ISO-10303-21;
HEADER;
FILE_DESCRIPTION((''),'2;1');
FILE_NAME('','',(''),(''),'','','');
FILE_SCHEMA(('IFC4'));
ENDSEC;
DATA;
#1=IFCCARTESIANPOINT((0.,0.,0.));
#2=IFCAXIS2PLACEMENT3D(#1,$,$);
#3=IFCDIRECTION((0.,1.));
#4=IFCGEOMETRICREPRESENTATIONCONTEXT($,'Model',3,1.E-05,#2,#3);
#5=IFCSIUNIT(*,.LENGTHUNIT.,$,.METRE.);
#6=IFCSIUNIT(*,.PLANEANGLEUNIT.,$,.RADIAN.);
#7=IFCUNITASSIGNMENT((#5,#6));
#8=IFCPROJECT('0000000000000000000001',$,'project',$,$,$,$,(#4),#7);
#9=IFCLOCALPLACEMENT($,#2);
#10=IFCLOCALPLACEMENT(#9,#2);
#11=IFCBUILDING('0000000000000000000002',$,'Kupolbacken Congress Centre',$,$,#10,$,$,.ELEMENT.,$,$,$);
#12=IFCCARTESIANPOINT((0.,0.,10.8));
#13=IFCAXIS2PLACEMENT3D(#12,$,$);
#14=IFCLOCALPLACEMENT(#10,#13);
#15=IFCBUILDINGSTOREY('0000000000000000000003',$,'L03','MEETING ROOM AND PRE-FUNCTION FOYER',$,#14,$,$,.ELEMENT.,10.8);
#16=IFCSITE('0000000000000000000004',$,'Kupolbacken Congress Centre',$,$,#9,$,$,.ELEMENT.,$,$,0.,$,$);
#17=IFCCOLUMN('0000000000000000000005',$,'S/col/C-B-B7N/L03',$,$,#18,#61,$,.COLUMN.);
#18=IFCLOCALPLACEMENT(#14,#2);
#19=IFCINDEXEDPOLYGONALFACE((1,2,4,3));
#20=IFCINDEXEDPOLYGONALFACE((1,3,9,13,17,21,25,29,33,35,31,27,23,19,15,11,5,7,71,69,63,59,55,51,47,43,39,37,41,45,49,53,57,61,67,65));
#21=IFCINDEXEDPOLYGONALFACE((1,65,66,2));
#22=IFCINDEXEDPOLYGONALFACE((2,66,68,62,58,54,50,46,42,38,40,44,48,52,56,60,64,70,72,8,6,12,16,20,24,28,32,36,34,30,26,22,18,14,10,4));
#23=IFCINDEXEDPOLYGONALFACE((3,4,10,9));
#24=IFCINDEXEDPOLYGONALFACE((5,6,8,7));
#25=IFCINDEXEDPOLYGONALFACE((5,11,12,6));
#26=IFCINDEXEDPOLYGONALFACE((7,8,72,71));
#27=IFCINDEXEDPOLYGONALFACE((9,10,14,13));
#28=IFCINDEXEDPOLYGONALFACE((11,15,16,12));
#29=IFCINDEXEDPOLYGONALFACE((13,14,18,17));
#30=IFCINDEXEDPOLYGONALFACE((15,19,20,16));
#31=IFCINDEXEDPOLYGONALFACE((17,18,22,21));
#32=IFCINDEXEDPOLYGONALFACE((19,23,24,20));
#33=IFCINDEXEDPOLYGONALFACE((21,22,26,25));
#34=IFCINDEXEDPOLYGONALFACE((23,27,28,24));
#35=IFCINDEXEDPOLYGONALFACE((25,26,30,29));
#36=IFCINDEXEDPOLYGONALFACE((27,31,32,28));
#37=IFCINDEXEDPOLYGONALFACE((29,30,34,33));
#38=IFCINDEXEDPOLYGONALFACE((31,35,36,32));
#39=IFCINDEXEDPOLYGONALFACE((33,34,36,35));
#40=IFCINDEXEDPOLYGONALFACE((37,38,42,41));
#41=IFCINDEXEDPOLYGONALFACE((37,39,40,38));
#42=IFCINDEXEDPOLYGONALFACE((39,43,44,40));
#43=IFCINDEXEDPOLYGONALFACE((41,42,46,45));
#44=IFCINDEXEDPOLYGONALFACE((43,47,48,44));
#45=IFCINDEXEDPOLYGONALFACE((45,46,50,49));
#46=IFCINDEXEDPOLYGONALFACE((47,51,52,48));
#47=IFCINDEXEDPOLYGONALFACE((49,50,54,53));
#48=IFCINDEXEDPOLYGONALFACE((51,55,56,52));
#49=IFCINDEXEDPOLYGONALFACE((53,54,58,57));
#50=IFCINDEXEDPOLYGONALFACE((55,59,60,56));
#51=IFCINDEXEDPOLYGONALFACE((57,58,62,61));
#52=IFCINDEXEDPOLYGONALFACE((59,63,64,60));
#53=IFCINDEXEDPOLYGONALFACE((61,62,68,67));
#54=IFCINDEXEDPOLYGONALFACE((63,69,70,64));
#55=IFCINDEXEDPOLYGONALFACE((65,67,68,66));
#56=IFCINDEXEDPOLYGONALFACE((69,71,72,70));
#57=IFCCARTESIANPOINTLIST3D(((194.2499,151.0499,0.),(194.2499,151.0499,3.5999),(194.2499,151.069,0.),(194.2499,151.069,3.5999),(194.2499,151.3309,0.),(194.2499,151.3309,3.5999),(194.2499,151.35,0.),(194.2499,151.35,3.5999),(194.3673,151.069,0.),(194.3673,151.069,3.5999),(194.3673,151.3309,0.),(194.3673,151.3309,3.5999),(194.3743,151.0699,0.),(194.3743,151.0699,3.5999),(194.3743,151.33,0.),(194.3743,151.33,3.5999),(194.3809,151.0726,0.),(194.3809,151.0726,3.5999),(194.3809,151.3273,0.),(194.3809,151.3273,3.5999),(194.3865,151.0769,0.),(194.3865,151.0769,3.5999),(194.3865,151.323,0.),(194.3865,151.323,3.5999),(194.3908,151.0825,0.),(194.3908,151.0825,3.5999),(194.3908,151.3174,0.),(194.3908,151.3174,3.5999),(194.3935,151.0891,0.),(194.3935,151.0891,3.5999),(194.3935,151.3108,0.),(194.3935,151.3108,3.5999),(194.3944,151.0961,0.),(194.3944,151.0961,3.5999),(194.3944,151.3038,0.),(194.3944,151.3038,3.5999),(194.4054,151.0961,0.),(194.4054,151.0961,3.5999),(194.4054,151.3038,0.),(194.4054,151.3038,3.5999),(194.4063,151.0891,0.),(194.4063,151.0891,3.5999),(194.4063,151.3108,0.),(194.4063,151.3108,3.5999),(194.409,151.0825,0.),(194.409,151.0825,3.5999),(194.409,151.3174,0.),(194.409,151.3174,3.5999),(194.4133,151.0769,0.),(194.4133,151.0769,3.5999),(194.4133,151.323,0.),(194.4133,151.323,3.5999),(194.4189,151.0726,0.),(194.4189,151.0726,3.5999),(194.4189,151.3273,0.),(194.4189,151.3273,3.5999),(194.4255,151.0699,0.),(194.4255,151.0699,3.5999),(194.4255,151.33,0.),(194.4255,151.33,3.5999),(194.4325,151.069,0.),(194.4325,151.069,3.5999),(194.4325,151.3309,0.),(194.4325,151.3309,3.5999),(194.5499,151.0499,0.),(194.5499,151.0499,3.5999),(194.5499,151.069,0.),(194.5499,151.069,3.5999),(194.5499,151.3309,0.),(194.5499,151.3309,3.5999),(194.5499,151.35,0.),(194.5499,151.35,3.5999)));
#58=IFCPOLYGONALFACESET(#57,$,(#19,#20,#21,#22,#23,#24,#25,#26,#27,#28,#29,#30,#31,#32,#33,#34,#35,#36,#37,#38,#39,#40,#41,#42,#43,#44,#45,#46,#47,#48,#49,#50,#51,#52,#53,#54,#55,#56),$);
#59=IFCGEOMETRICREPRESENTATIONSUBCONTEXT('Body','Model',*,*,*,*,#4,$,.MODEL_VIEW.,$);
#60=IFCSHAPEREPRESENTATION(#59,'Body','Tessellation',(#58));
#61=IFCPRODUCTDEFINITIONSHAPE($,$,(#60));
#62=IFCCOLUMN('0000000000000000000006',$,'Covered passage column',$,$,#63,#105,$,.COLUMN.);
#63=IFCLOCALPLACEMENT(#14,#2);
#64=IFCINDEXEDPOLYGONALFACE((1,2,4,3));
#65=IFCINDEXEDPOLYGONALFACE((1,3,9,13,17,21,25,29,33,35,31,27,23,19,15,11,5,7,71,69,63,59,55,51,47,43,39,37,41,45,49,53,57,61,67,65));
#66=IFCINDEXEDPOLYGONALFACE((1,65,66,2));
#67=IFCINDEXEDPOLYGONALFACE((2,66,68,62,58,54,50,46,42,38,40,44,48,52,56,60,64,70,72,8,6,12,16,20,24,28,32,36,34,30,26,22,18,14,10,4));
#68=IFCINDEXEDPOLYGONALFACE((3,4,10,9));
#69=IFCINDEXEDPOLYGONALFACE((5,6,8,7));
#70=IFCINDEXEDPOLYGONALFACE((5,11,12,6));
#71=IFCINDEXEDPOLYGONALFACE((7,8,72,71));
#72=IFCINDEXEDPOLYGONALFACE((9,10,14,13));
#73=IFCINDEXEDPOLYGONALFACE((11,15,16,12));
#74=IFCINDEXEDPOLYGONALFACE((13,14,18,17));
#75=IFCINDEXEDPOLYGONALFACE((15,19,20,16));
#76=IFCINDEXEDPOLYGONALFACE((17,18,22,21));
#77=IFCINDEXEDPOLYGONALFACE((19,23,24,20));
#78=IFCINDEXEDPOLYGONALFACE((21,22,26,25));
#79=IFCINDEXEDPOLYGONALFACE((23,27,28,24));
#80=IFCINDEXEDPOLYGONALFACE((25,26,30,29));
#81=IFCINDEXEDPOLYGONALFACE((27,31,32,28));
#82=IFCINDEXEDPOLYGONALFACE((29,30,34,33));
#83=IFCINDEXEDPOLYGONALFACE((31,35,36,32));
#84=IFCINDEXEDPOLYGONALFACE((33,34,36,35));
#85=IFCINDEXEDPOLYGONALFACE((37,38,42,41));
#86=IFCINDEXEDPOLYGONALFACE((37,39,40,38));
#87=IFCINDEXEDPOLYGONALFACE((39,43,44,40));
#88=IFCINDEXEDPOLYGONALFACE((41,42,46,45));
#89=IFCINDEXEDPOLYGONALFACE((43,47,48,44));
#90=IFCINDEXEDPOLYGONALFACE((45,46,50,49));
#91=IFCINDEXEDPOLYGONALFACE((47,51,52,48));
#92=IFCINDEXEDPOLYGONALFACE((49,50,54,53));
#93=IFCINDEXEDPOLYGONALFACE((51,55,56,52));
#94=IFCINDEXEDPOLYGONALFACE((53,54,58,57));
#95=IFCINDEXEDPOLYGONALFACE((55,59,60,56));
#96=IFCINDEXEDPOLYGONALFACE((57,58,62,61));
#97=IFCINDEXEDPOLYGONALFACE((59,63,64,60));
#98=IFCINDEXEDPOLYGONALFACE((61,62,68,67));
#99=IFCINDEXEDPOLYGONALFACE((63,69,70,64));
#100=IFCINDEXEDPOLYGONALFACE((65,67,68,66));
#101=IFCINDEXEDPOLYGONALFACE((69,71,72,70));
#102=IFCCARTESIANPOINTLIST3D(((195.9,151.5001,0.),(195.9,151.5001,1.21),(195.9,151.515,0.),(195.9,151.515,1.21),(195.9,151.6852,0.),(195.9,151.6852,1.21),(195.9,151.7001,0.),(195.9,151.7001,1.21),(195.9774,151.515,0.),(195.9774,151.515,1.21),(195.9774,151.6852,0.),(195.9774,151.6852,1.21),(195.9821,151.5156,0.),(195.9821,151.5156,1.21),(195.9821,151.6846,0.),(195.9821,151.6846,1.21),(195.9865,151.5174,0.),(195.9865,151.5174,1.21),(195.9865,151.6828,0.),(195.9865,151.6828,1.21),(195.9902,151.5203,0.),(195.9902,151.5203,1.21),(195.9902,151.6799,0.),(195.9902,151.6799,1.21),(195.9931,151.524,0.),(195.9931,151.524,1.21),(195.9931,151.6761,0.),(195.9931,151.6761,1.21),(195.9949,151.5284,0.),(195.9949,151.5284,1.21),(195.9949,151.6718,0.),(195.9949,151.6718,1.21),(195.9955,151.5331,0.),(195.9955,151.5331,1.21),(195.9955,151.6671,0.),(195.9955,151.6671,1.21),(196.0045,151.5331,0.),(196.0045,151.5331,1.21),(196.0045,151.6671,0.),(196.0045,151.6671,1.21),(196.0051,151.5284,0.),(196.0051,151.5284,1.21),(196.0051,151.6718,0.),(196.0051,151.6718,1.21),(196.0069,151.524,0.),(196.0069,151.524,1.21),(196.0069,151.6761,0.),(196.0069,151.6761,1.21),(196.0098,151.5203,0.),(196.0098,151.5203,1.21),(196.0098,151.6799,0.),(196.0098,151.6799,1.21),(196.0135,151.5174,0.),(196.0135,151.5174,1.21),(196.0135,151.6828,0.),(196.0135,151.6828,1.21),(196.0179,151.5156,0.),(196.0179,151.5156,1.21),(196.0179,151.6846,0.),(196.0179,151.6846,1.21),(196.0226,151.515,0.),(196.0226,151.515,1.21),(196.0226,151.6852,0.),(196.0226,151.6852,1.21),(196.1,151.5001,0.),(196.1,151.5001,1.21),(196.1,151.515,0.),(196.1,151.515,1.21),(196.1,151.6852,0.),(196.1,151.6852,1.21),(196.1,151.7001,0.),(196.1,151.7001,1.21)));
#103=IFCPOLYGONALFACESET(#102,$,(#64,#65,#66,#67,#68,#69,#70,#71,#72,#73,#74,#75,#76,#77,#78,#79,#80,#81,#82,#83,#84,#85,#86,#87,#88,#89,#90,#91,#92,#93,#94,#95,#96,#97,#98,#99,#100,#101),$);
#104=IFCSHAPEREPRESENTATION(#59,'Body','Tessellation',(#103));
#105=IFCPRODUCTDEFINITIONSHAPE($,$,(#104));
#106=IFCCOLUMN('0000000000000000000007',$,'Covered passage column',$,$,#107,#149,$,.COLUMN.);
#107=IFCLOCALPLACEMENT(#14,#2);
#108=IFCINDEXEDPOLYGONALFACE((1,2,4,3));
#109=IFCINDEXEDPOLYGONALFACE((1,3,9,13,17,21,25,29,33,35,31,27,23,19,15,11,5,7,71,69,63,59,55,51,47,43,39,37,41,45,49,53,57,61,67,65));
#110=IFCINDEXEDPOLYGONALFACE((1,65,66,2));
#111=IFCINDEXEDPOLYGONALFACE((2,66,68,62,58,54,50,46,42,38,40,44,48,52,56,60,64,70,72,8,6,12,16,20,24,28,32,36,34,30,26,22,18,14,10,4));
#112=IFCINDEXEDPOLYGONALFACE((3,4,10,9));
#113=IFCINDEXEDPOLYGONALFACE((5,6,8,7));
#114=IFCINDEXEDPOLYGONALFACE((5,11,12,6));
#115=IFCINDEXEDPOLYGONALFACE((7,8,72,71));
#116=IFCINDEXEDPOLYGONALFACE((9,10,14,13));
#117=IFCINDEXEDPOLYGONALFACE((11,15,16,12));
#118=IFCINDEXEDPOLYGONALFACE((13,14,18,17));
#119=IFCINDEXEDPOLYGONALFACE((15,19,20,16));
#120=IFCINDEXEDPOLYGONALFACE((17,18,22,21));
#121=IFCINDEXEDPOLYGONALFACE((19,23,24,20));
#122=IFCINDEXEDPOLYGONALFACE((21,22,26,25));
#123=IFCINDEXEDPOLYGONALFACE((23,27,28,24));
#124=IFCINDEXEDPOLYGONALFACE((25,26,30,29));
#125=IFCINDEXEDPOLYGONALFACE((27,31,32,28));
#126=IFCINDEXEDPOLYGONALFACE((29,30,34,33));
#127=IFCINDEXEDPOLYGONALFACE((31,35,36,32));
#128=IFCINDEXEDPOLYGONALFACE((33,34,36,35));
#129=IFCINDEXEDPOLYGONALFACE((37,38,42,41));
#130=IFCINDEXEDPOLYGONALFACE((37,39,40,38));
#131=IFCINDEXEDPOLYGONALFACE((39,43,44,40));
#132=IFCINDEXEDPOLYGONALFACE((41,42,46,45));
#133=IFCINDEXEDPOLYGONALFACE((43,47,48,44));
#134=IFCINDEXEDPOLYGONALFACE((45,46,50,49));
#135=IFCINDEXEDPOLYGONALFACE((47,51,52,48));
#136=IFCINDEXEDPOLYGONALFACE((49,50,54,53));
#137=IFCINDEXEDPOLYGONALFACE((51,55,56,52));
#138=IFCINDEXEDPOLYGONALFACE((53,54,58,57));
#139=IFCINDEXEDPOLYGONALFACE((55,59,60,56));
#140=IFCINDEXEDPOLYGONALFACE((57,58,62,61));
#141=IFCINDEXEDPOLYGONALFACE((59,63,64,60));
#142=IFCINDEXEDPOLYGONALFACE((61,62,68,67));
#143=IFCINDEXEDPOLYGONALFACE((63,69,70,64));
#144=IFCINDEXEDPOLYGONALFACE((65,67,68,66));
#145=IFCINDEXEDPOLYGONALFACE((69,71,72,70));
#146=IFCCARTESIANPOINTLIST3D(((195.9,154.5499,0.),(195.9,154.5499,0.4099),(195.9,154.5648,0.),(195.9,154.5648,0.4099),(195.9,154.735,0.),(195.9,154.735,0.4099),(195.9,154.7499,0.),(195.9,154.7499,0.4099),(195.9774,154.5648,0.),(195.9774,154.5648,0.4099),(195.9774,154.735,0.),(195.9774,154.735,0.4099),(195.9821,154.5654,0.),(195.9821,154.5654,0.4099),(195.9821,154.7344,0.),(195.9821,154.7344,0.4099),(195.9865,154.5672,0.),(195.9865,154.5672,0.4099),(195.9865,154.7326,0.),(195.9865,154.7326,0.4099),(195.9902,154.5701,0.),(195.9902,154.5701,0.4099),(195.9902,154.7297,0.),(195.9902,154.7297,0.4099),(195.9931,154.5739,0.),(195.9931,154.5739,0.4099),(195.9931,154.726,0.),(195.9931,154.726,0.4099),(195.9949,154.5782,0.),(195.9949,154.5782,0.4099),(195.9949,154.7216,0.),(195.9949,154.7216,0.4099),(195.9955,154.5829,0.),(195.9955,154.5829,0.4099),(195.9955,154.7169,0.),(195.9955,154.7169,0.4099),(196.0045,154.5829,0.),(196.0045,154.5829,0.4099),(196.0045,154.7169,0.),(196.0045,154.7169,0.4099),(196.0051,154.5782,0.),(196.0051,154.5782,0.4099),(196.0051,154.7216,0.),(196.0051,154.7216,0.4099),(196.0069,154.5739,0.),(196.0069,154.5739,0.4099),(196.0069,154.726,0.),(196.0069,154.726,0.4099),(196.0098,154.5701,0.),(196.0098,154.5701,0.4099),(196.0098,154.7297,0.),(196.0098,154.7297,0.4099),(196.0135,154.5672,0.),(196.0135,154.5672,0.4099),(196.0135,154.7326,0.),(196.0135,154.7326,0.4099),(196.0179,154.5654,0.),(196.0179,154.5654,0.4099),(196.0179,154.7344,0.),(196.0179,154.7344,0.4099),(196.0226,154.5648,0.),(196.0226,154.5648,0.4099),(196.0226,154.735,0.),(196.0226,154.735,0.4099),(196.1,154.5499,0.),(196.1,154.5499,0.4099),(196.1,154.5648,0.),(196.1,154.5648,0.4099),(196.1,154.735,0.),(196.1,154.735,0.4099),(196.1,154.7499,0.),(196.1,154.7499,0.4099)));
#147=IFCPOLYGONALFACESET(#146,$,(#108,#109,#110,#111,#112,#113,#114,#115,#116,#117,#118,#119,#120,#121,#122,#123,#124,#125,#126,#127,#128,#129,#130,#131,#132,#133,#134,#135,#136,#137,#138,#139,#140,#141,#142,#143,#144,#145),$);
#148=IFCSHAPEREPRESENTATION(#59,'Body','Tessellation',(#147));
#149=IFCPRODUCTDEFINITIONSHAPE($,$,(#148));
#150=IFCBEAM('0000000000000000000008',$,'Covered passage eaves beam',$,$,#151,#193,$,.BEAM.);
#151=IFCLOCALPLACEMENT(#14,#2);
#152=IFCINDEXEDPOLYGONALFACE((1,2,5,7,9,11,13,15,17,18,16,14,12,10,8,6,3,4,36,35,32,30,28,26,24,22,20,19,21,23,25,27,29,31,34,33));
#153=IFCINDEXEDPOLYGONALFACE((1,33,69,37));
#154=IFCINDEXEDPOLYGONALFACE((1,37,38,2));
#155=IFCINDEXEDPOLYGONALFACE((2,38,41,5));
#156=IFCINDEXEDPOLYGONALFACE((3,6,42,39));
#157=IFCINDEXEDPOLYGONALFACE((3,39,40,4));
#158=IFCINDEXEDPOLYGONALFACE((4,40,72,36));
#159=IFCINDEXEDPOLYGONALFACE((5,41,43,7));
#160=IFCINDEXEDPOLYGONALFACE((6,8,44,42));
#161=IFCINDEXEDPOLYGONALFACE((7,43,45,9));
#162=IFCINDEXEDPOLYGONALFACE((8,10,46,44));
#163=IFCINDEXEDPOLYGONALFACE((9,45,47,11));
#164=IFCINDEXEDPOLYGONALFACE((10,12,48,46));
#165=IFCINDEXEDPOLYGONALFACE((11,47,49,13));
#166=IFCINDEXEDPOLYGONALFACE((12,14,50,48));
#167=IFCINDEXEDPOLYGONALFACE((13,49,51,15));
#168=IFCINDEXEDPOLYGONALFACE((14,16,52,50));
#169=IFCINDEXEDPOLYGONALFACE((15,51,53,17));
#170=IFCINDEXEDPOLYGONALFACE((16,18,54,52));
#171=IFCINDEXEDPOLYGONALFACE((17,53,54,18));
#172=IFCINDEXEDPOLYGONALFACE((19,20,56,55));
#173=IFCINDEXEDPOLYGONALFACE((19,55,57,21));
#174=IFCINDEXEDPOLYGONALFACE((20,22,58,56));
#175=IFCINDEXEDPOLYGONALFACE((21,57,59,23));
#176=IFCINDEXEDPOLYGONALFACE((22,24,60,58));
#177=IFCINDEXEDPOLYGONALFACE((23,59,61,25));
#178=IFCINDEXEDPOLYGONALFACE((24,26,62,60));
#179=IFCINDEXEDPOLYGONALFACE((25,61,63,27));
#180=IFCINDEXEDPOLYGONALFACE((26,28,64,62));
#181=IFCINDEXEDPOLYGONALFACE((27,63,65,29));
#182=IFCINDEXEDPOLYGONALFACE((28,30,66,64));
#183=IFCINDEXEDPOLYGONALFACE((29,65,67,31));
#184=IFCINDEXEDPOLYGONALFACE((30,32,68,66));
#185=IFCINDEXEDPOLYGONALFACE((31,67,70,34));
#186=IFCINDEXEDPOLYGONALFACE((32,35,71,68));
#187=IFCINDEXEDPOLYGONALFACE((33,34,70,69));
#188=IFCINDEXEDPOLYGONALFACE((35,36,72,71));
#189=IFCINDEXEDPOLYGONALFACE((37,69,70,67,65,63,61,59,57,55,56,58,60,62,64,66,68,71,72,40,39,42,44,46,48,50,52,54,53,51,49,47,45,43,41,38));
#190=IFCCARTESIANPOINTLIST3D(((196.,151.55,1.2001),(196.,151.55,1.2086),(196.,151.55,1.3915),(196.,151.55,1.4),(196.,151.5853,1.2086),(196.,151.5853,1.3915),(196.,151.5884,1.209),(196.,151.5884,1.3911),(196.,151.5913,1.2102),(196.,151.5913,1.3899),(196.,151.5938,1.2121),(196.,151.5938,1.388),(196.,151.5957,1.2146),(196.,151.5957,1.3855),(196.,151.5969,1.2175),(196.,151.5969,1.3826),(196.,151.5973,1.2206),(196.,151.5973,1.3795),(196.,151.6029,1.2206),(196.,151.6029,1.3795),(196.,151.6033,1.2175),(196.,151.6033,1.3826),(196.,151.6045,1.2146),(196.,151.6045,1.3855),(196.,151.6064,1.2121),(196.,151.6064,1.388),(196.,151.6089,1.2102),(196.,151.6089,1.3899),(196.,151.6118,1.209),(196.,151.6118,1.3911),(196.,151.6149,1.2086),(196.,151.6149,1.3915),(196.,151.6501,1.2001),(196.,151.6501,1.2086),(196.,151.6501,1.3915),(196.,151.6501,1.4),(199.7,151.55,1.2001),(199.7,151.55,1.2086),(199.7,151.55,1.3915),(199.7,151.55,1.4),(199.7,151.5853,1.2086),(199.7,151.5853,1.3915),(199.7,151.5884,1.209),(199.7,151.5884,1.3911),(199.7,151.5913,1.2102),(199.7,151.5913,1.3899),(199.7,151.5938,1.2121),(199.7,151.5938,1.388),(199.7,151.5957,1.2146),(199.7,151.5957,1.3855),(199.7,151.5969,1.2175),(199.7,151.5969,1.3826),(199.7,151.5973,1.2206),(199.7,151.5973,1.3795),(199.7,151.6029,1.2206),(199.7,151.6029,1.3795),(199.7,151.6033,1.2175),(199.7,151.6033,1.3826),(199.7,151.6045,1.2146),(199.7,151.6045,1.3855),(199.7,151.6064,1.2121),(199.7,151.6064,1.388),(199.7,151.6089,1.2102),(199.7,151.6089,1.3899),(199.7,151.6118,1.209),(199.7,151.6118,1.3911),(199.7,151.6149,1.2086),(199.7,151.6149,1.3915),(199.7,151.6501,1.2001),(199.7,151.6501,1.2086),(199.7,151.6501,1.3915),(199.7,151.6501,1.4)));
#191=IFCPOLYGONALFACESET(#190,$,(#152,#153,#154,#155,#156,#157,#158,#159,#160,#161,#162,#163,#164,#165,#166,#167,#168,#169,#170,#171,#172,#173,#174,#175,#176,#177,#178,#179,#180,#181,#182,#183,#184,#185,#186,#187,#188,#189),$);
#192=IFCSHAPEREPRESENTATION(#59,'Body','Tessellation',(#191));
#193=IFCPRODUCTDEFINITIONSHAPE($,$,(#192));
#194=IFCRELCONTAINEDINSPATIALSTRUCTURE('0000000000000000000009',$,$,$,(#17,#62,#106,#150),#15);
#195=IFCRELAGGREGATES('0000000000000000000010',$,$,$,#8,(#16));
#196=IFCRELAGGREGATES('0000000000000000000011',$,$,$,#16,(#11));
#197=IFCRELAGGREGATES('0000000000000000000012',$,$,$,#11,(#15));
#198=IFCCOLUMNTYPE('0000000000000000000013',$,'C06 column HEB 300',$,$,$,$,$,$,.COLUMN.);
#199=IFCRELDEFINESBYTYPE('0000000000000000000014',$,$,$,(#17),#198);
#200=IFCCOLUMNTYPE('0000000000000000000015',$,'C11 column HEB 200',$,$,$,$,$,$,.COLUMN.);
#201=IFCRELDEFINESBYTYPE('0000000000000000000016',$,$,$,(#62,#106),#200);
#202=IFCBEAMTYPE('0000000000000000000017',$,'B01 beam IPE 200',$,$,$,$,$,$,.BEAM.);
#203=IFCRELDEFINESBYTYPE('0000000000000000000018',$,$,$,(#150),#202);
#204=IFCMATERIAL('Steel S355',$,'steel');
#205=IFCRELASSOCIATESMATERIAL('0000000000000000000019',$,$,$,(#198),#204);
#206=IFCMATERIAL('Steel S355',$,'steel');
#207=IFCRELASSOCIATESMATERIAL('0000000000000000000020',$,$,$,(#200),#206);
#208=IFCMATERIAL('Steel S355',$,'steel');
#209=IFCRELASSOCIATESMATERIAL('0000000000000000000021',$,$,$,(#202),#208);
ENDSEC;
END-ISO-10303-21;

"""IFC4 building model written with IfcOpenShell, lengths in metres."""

from ifc_helpers import new_model, si_unit, direction, frame, origin, origin_2d, place, context, subcontext, project, spatial, i_section, extrude, material, material_profile, profile_set, type_object, element, save


model = new_model("IFC4")

# Units and contexts
model_context = context("Model", 3, precision=1e-05, world=origin(), true_north=direction((0.0, 1.0)))
body_context = subcontext(model_context, "Body", "Model", "MODEL_VIEW")
ifc_project = project(units=[si_unit("LENGTHUNIT", "METRE"), si_unit("PLANEANGLEUNIT", "RADIAN")], contexts=[model_context])

# Site, building, storey
site_placement = place(None, origin())
site = spatial("IfcSite", under=ifc_project, at=site_placement, Name="Kupolbacken Congress Centre", CompositionType="ELEMENT", RefElevation=0.0)
building_placement = place(site_placement, origin())
building = spatial("IfcBuilding", under=site, at=building_placement, Name="Kupolbacken Congress Centre", CompositionType="ELEMENT")
storey_placement = place(building_placement, frame((0.0, 0.0, 10.8)))
storey = spatial("IfcBuildingStorey", under=building, at=storey_placement, Name="L03", Description="MEETING ROOM AND PRE-FUNCTION FOYER", CompositionType="ELEMENT", Elevation=10.8)

# Columns
ifc_material_1 = material(Name="Steel S355", Category="steel")
ifc_material_profile_1 = material_profile(ifc_material_1, i_section(OverallWidth=0.3, OverallDepth=0.3, WebThickness=0.011, FlangeThickness=0.019, FilletRadius=0.0271, at=origin_2d()), Name="HEB 300")
ifc_profile_set_1 = profile_set([ifc_material_profile_1], Name="Steel S355")
column_type_1 = type_object("IfcColumnType", Name="C06 column HEB 300", PredefinedType="COLUMN", material=ifc_profile_set_1)
column_1_placement = place(storey_placement, frame((194.3999, 151.2, 0.0), z_axis=(0.0, 0.0, 1.0), x_axis=(1.0, 0.0, 0.0)))
element("IfcColumn", 1, at=column_1_placement, inside=storey, type_object=column_type_1, Name="S/col/C-B-B7N/L03", PredefinedType="COLUMN", context=body_context, shape_type="SweptSolid", body=[
    extrude(i_section(OverallWidth=0.3, OverallDepth=0.3, WebThickness=0.011, FlangeThickness=0.019, FilletRadius=0.0271, at=origin_2d()), origin(), (0.0, 0.0, 1.0), 3.5999),
])
ifc_material_2 = material(Name="Steel S355", Category="steel")
ifc_material_profile_2 = material_profile(ifc_material_2, i_section(OverallWidth=0.2, OverallDepth=0.2, WebThickness=0.009, FlangeThickness=0.0149, FilletRadius=0.0181, at=origin_2d()), Name="HEB 200")
ifc_profile_set_2 = profile_set([ifc_material_profile_2], Name="Steel S355")
column_type_2 = type_object("IfcColumnType", Name="C11 column HEB 200", PredefinedType="COLUMN", material=ifc_profile_set_2)
column_2_placement = place(storey_placement, frame((196.0, 151.6001, 0.0), z_axis=(0.0, 0.0, 1.0), x_axis=(1.0, 0.0, 0.0)))
element("IfcColumn", 2, at=column_2_placement, inside=storey, type_object=column_type_2, Name="Covered passage column", PredefinedType="COLUMN", context=body_context, shape_type="SweptSolid", body=[
    extrude(i_section(OverallWidth=0.2, OverallDepth=0.2, WebThickness=0.009, FlangeThickness=0.0149, FilletRadius=0.0181, at=origin_2d()), origin(), (0.0, 0.0, 1.0), 1.21),
])
column_3_placement = place(storey_placement, frame((196.0, 154.6499, 0.0), z_axis=(0.0, 0.0, 1.0), x_axis=(1.0, 0.0, 0.0)))
element("IfcColumn", 3, at=column_3_placement, inside=storey, type_object=column_type_2, Name="Covered passage column", PredefinedType="COLUMN", context=body_context, shape_type="SweptSolid", body=[
    extrude(i_section(OverallWidth=0.2, OverallDepth=0.2, WebThickness=0.009, FlangeThickness=0.0149, FilletRadius=0.0181, at=origin_2d()), origin(), (0.0, 0.0, 1.0), 0.4099),
])

# Beam
ifc_material_3 = material(Name="Steel S355", Category="steel")
ifc_material_profile_3 = material_profile(ifc_material_3, i_section(OverallWidth=0.1001, OverallDepth=0.2, WebThickness=0.0056, FlangeThickness=0.0085, FilletRadius=0.012, at=origin_2d()), Name="IPE 200")
ifc_profile_set_3 = profile_set([ifc_material_profile_3], Name="Steel S355")
beam_type = type_object("IfcBeamType", Name="B01 beam IPE 200", PredefinedType="BEAM", material=ifc_profile_set_3)
for number, where, z_axis, x_axis, name in (
    (4, (196.0, 151.6001, 1.3), (1.0, 0.0, 0.0), (0.0, 1.0, 0.0), "Covered passage eaves beam"),
):
    element("IfcBeam", number, at=place(storey_placement, frame(where, z_axis=z_axis, x_axis=x_axis)), inside=storey, type_object=beam_type, Name=name, PredefinedType="BEAM", context=body_context, shape_type="SweptSolid", body=[
        extrude(i_section(OverallWidth=0.1001, OverallDepth=0.2, WebThickness=0.0056, FlangeThickness=0.0085, FilletRadius=0.012, at=origin_2d()), origin(), (0.0, 0.0, 1.0), 3.7),
    ])

save(model, "model.ifc")
